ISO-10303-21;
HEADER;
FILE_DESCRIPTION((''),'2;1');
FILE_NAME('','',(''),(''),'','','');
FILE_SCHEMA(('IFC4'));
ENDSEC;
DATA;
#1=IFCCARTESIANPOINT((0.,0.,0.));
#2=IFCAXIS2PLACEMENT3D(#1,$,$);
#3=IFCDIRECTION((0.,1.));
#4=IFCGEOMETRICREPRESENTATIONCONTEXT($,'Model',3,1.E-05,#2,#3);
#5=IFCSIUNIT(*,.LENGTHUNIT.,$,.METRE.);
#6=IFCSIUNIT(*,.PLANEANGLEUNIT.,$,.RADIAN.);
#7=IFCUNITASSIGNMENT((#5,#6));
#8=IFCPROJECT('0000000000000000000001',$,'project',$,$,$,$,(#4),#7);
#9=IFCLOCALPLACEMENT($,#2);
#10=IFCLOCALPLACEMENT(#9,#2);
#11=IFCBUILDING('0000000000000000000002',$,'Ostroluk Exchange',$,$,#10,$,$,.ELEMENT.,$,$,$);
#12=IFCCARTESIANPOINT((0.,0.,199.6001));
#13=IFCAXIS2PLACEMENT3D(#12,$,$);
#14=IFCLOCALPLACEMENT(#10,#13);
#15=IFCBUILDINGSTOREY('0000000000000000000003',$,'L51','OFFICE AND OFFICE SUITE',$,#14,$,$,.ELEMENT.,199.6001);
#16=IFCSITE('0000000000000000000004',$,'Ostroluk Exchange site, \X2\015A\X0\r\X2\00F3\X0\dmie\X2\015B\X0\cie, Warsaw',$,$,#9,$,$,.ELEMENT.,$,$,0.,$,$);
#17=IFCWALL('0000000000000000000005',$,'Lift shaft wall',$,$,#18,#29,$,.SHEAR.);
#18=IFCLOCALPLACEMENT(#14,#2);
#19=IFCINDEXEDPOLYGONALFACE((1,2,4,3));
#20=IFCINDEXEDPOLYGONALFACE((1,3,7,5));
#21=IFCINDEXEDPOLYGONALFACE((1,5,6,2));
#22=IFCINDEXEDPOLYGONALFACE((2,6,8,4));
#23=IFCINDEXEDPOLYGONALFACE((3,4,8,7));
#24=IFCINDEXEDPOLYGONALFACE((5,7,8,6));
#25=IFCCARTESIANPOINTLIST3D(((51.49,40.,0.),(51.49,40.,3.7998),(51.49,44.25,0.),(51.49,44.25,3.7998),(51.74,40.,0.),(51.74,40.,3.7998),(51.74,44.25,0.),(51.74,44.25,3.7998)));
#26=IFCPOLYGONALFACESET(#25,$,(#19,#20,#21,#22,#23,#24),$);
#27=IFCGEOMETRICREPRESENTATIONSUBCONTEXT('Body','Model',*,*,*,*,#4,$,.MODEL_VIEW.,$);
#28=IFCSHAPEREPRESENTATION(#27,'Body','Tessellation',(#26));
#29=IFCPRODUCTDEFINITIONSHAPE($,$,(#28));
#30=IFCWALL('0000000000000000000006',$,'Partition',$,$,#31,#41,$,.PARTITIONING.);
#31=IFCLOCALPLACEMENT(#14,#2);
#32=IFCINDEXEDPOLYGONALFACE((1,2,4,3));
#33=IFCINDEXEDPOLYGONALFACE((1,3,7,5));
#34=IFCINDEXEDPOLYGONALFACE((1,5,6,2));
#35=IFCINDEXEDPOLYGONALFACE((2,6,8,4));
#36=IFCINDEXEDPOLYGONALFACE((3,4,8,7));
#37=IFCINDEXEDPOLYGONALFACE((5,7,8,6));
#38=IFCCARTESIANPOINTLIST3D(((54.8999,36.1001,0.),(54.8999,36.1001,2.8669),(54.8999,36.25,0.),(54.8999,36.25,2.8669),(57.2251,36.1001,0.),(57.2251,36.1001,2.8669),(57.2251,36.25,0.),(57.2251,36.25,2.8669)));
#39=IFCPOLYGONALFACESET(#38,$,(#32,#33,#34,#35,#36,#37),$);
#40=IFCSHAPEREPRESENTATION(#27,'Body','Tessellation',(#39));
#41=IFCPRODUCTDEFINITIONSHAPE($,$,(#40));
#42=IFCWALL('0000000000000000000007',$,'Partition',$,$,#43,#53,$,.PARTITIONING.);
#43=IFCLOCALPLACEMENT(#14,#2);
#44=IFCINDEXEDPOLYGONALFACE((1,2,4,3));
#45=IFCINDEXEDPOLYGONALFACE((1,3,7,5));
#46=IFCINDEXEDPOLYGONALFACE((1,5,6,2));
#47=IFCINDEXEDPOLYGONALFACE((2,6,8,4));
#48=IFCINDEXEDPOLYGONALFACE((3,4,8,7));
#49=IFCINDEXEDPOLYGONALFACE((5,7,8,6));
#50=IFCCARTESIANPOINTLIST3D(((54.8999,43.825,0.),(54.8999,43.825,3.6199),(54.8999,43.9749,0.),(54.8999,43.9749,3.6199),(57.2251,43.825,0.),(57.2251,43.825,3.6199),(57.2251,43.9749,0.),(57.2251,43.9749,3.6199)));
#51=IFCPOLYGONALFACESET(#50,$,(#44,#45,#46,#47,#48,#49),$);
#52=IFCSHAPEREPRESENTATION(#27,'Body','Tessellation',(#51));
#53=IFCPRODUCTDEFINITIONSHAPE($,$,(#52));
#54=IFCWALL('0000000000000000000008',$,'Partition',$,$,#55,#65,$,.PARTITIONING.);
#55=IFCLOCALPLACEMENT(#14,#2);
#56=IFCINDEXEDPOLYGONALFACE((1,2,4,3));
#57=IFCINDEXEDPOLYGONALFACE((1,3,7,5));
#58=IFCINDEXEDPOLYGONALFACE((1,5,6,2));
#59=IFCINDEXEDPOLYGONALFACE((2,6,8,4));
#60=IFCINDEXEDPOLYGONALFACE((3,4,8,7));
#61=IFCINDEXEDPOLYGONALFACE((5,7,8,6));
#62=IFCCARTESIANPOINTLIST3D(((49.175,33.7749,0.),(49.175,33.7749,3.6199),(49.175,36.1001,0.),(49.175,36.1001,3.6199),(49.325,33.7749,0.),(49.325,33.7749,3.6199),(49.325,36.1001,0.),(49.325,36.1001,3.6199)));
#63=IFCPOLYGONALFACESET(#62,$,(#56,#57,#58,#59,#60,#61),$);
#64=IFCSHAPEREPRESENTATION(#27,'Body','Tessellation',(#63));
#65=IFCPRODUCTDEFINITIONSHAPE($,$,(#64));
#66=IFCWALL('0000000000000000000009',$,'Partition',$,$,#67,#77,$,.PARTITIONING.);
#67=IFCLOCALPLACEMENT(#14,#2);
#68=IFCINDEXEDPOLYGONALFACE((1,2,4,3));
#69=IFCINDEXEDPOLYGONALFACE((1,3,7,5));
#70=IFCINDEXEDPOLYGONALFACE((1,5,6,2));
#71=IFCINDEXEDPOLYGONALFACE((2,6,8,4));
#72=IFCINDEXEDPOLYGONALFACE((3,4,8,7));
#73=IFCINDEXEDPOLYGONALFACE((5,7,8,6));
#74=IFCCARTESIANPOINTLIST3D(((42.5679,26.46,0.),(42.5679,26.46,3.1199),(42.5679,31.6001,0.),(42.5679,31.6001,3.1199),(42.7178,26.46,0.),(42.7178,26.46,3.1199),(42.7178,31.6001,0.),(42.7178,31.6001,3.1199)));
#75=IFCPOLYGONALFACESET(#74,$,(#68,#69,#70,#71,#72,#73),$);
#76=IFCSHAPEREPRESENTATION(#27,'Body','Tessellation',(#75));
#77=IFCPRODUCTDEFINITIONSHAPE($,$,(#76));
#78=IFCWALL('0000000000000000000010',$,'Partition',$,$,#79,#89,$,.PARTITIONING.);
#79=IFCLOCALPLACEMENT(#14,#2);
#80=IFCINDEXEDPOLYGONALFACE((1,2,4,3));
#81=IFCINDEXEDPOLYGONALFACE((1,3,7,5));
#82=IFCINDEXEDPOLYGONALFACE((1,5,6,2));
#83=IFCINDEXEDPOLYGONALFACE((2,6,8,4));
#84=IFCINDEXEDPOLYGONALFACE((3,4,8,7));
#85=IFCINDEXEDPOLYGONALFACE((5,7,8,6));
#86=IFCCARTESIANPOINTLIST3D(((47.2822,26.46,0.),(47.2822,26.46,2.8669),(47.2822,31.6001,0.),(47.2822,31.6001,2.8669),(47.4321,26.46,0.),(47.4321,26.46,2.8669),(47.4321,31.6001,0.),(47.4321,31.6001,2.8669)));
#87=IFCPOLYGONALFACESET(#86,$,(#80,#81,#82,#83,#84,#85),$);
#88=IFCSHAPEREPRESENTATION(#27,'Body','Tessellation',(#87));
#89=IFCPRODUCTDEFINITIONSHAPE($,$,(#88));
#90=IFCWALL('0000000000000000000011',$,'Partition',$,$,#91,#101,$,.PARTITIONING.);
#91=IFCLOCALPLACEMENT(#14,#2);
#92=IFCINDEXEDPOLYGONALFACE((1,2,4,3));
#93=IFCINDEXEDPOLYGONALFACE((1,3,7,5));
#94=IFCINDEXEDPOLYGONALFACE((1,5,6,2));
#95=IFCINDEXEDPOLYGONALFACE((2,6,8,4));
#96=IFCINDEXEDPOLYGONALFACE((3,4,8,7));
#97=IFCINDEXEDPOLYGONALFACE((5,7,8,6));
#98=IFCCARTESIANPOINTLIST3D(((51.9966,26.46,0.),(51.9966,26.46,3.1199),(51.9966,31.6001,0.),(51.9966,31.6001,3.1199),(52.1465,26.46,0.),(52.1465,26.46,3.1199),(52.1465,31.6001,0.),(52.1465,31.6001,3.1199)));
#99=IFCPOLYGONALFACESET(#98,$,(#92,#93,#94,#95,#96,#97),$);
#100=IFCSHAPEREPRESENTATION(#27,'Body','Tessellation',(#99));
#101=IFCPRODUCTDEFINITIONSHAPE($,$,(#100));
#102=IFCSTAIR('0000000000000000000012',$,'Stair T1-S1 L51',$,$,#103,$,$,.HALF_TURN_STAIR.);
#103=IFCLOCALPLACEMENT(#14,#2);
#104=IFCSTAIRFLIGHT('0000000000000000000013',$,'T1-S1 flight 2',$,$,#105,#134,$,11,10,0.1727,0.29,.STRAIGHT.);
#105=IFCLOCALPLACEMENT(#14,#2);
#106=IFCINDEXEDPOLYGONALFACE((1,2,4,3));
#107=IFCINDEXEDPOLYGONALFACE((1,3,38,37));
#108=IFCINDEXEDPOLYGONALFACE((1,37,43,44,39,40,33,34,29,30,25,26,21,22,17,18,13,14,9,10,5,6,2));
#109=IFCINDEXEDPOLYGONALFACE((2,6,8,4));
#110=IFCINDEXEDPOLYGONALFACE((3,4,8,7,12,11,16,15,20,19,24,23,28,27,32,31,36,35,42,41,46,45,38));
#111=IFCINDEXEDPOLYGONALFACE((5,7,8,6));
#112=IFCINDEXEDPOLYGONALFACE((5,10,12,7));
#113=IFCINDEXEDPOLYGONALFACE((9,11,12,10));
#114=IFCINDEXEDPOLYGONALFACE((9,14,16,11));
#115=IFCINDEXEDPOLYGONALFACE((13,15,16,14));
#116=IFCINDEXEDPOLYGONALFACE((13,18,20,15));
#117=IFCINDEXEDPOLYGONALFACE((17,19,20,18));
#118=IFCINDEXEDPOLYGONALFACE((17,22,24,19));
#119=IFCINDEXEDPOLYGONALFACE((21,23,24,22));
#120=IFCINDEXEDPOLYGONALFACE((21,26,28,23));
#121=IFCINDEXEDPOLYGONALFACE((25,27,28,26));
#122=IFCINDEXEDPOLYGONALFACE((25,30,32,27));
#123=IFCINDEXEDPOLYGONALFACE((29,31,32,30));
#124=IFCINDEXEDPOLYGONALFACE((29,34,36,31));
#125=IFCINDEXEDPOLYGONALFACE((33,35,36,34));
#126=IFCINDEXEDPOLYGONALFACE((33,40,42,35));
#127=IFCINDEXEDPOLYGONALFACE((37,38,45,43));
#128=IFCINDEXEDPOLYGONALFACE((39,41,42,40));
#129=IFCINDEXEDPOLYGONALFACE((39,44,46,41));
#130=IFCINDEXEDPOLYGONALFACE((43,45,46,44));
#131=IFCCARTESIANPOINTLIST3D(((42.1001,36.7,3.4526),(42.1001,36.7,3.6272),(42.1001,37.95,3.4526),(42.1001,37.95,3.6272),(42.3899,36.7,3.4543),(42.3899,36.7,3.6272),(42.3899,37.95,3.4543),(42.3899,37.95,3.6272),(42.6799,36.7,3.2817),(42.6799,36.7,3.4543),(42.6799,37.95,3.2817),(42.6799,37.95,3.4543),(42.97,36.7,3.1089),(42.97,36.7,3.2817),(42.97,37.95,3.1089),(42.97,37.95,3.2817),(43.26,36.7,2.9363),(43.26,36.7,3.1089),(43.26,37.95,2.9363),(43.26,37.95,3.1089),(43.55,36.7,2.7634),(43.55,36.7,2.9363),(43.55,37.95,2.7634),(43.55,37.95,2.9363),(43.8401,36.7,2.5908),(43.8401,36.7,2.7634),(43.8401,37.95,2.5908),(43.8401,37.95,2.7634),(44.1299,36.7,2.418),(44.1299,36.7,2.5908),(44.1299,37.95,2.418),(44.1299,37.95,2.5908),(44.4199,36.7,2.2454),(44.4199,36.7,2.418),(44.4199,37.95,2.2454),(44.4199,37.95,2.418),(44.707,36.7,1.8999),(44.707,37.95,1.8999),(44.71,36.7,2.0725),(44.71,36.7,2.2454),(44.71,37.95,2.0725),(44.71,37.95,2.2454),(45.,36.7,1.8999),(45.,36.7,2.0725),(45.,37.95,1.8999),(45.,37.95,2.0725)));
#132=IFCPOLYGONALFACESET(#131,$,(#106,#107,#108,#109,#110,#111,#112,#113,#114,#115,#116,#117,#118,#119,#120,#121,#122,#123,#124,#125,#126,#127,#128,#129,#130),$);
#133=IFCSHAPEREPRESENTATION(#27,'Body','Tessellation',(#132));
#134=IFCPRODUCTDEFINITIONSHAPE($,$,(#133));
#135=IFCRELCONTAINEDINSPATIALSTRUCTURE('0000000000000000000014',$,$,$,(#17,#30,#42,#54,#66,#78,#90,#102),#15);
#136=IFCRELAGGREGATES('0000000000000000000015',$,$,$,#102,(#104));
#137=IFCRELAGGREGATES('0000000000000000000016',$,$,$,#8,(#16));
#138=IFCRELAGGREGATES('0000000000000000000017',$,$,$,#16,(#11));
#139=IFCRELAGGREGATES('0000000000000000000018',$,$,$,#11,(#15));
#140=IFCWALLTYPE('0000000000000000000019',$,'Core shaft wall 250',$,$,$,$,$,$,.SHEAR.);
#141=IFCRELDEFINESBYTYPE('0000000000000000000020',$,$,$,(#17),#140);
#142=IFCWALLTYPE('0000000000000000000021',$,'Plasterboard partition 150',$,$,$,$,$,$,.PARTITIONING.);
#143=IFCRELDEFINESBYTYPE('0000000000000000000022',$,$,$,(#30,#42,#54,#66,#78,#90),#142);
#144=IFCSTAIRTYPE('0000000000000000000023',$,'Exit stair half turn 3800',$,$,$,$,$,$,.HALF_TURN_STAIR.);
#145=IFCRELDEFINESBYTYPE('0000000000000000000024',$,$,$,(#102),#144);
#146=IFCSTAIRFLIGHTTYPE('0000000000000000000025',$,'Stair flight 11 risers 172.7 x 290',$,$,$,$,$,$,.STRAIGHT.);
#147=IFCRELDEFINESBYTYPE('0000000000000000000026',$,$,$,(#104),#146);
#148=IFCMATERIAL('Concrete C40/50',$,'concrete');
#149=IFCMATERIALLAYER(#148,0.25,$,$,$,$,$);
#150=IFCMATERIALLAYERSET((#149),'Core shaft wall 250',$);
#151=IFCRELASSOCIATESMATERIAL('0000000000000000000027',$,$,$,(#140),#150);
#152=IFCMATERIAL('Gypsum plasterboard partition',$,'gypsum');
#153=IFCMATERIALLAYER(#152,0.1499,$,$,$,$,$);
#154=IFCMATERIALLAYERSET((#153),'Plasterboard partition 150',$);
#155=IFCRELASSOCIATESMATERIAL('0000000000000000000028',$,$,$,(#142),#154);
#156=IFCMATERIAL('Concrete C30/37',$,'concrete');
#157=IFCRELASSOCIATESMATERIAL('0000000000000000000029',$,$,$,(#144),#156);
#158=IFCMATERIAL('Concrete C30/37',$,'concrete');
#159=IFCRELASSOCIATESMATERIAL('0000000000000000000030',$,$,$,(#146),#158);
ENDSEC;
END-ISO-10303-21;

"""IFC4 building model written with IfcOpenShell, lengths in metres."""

from ifc_helpers import new_model, si_unit, direction, frame, frame_2d, origin, place, context, subcontext, project, spatial, polyline, rectangle, outline, extrude, material, layer, layer_set, type_object, element, aggregate, save


model = new_model("IFC4")

# Units and contexts
model_context = context("Model", 3, precision=1e-05, world=origin(), true_north=direction((0.0, 1.0)))
body_context = subcontext(model_context, "Body", "Model", "MODEL_VIEW")
ifc_project = project(units=[si_unit("LENGTHUNIT", "METRE"), si_unit("PLANEANGLEUNIT", "RADIAN")], contexts=[model_context])

# Site, building, storey
site_placement = place(None, origin())
site = spatial("IfcSite", under=ifc_project, at=site_placement, Name="Ostroluk Exchange site, Śródmieście, Warsaw", CompositionType="ELEMENT", RefElevation=0.0)
building_placement = place(site_placement, origin())
building = spatial("IfcBuilding", under=site, at=building_placement, Name="Ostroluk Exchange", CompositionType="ELEMENT")
storey_placement = place(building_placement, frame((0.0, 0.0, 199.6001)))
storey = spatial("IfcBuildingStorey", under=building, at=storey_placement, Name="L51", Description="OFFICE AND OFFICE SUITE", CompositionType="ELEMENT", Elevation=199.6001)

# Shared definitions
ifc_material_1 = material(Name="Concrete C40/50", Category="concrete")
ifc_layer_1 = layer(ifc_material_1, 0.25)
ifc_layer_set_1 = layer_set([ifc_layer_1], Name="Core shaft wall 250")
wall_type_1 = type_object("IfcWallType", Name="Core shaft wall 250", PredefinedType="SHEAR", material=ifc_layer_set_1)

# Wall
wall_1_placement = place(storey_placement, frame((51.615, 44.25, 0.0), z_axis=(0.0, 0.0, 1.0), x_axis=(0.0, -1.0, 0.0)))
element("IfcWall", 1, at=wall_1_placement, inside=storey, type_object=wall_type_1, Name="Lift shaft wall", PredefinedType="SHEAR", context=body_context, shape_type="SweptSolid", body=[
    extrude(rectangle(XDim=4.25, YDim=0.25, at=frame_2d((2.125, 0.0))), origin(), (0.0, 0.0, 1.0), 3.7998),
])

# Walls
ifc_material_2 = material(Name="Gypsum plasterboard partition", Category="gypsum")
ifc_layer_2 = layer(ifc_material_2, 0.1499)
ifc_layer_set_2 = layer_set([ifc_layer_2], Name="Plasterboard partition 150")
wall_type_2 = type_object("IfcWallType", Name="Plasterboard partition 150", PredefinedType="PARTITIONING", material=ifc_layer_set_2)
wall_2_placement = place(storey_placement, frame((54.8999, 36.175, 0.0), z_axis=(0.0, 0.0, 1.0), x_axis=(1.0, 0.0, 0.0)))
element("IfcWall", 2, at=wall_2_placement, inside=storey, type_object=wall_type_2, Name="Partition", PredefinedType="PARTITIONING", context=body_context, shape_type="SweptSolid", body=[
    extrude(rectangle(XDim=2.3252, YDim=0.1499, at=frame_2d((1.1626, 0.0))), origin(), (0.0, 0.0, 1.0), 2.8669),
])
for number, where, z_axis, x_axis, name in (
    (3, (54.8999, 43.8999, 0.0), (0.0, 0.0, 1.0), (1.0, 0.0, 0.0), "Partition"),
    (4, (49.25, 36.1001, 0.0), (0.0, 0.0, 1.0), (0.0, -1.0, 0.0), "Partition"),
):
    element("IfcWall", number, at=place(storey_placement, frame(where, z_axis=z_axis, x_axis=x_axis)), inside=storey, type_object=wall_type_2, Name=name, PredefinedType="PARTITIONING", context=body_context, shape_type="SweptSolid", body=[
        extrude(rectangle(XDim=2.3252, YDim=0.1499, at=frame_2d((1.1626, 0.0))), origin(), (0.0, 0.0, 1.0), 3.6199),
    ])
wall_3_placement = place(storey_placement, frame((42.6428, 31.6001, 0.0), z_axis=(0.0, 0.0, 1.0), x_axis=(0.0, -1.0, 0.0)))
element("IfcWall", 5, at=wall_3_placement, inside=storey, type_object=wall_type_2, Name="Partition", PredefinedType="PARTITIONING", context=body_context, shape_type="SweptSolid", body=[
    extrude(rectangle(XDim=5.1401, YDim=0.1499, at=frame_2d((2.5701, 0.0))), origin(), (0.0, 0.0, 1.0), 3.1199),
])
wall_4_placement = place(storey_placement, frame((47.3572, 31.6001, 0.0), z_axis=(0.0, 0.0, 1.0), x_axis=(0.0, -1.0, 0.0)))
element("IfcWall", 6, at=wall_4_placement, inside=storey, type_object=wall_type_2, Name="Partition", PredefinedType="PARTITIONING", context=body_context, shape_type="SweptSolid", body=[
    extrude(rectangle(XDim=5.1401, YDim=0.1499, at=frame_2d((2.5701, 0.0))), origin(), (0.0, 0.0, 1.0), 2.8669),
])
wall_5_placement = place(storey_placement, frame((52.0715, 31.6001, 0.0), z_axis=(0.0, 0.0, 1.0), x_axis=(0.0, -1.0, 0.0)))
element("IfcWall", 7, at=wall_5_placement, inside=storey, type_object=wall_type_2, Name="Partition", PredefinedType="PARTITIONING", context=body_context, shape_type="SweptSolid", body=[
    extrude(rectangle(XDim=5.1401, YDim=0.1499, at=frame_2d((2.5701, 0.0))), origin(), (0.0, 0.0, 1.0), 3.1199),
])

# Stair, stair flight
ifc_material_3 = material(Name="Concrete C30/37", Category="concrete")
stair_type = type_object("IfcStairType", Name="Exit stair half turn 3800", PredefinedType="HALF_TURN_STAIR", material=ifc_material_3)
stair_placement = place(storey_placement, origin())
stair = element("IfcStair", 8, at=stair_placement, inside=storey, type_object=stair_type, Name="Stair T1-S1 L51", PredefinedType="HALF_TURN_STAIR")
ifc_material_4 = material(Name="Concrete C30/37", Category="concrete")
stair_flight_type = type_object("IfcStairFlightType", Name="Stair flight 11 risers 172.7 x 290", PredefinedType="STRAIGHT", material=ifc_material_4)
stair_flight_placement = place(storey_placement, frame((45.0, 37.325, 1.8999), z_axis=(0.0, 0.0, 1.0), x_axis=(-1.0, 0.0, 0.0)))
stair_flight = element("IfcStairFlight", 9, at=stair_flight_placement, type_object=stair_flight_type, Name="T1-S1 flight 2", NumberOfRisers=11, NumberOfTreads=10, PredefinedType="STRAIGHT", RiserHeight=0.1727, TreadLength=0.29, context=body_context, shape_type="SweptSolid", body=[
    extrude(outline(polyline([(0.0, 0.0), (0.0, 0.1726), (0.29, 0.1726), (0.29, 0.3455), (0.5801, 0.3455), (0.5801, 0.5181), (0.8701, 0.5181), (0.8701, 0.6909), (1.1599, 0.6909), (1.1599, 0.8635), (1.45, 0.8635), (1.45, 1.0364), (1.74, 1.0364), (1.74, 1.209), (2.03, 1.209), (2.03, 1.3818), (2.3201, 1.3818), (2.3201, 1.5544), (2.6101, 1.5544), (2.6101, 1.7273), (2.8999, 1.7273), (2.8999, 1.8999), (2.8999, 1.5527), (0.293, 0.0), (0.0, 0.0)])), frame((0.0, 0.625, 0.0), z_axis=(0.0, -1.0, 0.0), x_axis=(1.0, 0.0, 0.0)), (0.0, 0.0, 1.0), 1.25),
])
aggregate(stair, [stair_flight])

save(model, "model.ifc")
